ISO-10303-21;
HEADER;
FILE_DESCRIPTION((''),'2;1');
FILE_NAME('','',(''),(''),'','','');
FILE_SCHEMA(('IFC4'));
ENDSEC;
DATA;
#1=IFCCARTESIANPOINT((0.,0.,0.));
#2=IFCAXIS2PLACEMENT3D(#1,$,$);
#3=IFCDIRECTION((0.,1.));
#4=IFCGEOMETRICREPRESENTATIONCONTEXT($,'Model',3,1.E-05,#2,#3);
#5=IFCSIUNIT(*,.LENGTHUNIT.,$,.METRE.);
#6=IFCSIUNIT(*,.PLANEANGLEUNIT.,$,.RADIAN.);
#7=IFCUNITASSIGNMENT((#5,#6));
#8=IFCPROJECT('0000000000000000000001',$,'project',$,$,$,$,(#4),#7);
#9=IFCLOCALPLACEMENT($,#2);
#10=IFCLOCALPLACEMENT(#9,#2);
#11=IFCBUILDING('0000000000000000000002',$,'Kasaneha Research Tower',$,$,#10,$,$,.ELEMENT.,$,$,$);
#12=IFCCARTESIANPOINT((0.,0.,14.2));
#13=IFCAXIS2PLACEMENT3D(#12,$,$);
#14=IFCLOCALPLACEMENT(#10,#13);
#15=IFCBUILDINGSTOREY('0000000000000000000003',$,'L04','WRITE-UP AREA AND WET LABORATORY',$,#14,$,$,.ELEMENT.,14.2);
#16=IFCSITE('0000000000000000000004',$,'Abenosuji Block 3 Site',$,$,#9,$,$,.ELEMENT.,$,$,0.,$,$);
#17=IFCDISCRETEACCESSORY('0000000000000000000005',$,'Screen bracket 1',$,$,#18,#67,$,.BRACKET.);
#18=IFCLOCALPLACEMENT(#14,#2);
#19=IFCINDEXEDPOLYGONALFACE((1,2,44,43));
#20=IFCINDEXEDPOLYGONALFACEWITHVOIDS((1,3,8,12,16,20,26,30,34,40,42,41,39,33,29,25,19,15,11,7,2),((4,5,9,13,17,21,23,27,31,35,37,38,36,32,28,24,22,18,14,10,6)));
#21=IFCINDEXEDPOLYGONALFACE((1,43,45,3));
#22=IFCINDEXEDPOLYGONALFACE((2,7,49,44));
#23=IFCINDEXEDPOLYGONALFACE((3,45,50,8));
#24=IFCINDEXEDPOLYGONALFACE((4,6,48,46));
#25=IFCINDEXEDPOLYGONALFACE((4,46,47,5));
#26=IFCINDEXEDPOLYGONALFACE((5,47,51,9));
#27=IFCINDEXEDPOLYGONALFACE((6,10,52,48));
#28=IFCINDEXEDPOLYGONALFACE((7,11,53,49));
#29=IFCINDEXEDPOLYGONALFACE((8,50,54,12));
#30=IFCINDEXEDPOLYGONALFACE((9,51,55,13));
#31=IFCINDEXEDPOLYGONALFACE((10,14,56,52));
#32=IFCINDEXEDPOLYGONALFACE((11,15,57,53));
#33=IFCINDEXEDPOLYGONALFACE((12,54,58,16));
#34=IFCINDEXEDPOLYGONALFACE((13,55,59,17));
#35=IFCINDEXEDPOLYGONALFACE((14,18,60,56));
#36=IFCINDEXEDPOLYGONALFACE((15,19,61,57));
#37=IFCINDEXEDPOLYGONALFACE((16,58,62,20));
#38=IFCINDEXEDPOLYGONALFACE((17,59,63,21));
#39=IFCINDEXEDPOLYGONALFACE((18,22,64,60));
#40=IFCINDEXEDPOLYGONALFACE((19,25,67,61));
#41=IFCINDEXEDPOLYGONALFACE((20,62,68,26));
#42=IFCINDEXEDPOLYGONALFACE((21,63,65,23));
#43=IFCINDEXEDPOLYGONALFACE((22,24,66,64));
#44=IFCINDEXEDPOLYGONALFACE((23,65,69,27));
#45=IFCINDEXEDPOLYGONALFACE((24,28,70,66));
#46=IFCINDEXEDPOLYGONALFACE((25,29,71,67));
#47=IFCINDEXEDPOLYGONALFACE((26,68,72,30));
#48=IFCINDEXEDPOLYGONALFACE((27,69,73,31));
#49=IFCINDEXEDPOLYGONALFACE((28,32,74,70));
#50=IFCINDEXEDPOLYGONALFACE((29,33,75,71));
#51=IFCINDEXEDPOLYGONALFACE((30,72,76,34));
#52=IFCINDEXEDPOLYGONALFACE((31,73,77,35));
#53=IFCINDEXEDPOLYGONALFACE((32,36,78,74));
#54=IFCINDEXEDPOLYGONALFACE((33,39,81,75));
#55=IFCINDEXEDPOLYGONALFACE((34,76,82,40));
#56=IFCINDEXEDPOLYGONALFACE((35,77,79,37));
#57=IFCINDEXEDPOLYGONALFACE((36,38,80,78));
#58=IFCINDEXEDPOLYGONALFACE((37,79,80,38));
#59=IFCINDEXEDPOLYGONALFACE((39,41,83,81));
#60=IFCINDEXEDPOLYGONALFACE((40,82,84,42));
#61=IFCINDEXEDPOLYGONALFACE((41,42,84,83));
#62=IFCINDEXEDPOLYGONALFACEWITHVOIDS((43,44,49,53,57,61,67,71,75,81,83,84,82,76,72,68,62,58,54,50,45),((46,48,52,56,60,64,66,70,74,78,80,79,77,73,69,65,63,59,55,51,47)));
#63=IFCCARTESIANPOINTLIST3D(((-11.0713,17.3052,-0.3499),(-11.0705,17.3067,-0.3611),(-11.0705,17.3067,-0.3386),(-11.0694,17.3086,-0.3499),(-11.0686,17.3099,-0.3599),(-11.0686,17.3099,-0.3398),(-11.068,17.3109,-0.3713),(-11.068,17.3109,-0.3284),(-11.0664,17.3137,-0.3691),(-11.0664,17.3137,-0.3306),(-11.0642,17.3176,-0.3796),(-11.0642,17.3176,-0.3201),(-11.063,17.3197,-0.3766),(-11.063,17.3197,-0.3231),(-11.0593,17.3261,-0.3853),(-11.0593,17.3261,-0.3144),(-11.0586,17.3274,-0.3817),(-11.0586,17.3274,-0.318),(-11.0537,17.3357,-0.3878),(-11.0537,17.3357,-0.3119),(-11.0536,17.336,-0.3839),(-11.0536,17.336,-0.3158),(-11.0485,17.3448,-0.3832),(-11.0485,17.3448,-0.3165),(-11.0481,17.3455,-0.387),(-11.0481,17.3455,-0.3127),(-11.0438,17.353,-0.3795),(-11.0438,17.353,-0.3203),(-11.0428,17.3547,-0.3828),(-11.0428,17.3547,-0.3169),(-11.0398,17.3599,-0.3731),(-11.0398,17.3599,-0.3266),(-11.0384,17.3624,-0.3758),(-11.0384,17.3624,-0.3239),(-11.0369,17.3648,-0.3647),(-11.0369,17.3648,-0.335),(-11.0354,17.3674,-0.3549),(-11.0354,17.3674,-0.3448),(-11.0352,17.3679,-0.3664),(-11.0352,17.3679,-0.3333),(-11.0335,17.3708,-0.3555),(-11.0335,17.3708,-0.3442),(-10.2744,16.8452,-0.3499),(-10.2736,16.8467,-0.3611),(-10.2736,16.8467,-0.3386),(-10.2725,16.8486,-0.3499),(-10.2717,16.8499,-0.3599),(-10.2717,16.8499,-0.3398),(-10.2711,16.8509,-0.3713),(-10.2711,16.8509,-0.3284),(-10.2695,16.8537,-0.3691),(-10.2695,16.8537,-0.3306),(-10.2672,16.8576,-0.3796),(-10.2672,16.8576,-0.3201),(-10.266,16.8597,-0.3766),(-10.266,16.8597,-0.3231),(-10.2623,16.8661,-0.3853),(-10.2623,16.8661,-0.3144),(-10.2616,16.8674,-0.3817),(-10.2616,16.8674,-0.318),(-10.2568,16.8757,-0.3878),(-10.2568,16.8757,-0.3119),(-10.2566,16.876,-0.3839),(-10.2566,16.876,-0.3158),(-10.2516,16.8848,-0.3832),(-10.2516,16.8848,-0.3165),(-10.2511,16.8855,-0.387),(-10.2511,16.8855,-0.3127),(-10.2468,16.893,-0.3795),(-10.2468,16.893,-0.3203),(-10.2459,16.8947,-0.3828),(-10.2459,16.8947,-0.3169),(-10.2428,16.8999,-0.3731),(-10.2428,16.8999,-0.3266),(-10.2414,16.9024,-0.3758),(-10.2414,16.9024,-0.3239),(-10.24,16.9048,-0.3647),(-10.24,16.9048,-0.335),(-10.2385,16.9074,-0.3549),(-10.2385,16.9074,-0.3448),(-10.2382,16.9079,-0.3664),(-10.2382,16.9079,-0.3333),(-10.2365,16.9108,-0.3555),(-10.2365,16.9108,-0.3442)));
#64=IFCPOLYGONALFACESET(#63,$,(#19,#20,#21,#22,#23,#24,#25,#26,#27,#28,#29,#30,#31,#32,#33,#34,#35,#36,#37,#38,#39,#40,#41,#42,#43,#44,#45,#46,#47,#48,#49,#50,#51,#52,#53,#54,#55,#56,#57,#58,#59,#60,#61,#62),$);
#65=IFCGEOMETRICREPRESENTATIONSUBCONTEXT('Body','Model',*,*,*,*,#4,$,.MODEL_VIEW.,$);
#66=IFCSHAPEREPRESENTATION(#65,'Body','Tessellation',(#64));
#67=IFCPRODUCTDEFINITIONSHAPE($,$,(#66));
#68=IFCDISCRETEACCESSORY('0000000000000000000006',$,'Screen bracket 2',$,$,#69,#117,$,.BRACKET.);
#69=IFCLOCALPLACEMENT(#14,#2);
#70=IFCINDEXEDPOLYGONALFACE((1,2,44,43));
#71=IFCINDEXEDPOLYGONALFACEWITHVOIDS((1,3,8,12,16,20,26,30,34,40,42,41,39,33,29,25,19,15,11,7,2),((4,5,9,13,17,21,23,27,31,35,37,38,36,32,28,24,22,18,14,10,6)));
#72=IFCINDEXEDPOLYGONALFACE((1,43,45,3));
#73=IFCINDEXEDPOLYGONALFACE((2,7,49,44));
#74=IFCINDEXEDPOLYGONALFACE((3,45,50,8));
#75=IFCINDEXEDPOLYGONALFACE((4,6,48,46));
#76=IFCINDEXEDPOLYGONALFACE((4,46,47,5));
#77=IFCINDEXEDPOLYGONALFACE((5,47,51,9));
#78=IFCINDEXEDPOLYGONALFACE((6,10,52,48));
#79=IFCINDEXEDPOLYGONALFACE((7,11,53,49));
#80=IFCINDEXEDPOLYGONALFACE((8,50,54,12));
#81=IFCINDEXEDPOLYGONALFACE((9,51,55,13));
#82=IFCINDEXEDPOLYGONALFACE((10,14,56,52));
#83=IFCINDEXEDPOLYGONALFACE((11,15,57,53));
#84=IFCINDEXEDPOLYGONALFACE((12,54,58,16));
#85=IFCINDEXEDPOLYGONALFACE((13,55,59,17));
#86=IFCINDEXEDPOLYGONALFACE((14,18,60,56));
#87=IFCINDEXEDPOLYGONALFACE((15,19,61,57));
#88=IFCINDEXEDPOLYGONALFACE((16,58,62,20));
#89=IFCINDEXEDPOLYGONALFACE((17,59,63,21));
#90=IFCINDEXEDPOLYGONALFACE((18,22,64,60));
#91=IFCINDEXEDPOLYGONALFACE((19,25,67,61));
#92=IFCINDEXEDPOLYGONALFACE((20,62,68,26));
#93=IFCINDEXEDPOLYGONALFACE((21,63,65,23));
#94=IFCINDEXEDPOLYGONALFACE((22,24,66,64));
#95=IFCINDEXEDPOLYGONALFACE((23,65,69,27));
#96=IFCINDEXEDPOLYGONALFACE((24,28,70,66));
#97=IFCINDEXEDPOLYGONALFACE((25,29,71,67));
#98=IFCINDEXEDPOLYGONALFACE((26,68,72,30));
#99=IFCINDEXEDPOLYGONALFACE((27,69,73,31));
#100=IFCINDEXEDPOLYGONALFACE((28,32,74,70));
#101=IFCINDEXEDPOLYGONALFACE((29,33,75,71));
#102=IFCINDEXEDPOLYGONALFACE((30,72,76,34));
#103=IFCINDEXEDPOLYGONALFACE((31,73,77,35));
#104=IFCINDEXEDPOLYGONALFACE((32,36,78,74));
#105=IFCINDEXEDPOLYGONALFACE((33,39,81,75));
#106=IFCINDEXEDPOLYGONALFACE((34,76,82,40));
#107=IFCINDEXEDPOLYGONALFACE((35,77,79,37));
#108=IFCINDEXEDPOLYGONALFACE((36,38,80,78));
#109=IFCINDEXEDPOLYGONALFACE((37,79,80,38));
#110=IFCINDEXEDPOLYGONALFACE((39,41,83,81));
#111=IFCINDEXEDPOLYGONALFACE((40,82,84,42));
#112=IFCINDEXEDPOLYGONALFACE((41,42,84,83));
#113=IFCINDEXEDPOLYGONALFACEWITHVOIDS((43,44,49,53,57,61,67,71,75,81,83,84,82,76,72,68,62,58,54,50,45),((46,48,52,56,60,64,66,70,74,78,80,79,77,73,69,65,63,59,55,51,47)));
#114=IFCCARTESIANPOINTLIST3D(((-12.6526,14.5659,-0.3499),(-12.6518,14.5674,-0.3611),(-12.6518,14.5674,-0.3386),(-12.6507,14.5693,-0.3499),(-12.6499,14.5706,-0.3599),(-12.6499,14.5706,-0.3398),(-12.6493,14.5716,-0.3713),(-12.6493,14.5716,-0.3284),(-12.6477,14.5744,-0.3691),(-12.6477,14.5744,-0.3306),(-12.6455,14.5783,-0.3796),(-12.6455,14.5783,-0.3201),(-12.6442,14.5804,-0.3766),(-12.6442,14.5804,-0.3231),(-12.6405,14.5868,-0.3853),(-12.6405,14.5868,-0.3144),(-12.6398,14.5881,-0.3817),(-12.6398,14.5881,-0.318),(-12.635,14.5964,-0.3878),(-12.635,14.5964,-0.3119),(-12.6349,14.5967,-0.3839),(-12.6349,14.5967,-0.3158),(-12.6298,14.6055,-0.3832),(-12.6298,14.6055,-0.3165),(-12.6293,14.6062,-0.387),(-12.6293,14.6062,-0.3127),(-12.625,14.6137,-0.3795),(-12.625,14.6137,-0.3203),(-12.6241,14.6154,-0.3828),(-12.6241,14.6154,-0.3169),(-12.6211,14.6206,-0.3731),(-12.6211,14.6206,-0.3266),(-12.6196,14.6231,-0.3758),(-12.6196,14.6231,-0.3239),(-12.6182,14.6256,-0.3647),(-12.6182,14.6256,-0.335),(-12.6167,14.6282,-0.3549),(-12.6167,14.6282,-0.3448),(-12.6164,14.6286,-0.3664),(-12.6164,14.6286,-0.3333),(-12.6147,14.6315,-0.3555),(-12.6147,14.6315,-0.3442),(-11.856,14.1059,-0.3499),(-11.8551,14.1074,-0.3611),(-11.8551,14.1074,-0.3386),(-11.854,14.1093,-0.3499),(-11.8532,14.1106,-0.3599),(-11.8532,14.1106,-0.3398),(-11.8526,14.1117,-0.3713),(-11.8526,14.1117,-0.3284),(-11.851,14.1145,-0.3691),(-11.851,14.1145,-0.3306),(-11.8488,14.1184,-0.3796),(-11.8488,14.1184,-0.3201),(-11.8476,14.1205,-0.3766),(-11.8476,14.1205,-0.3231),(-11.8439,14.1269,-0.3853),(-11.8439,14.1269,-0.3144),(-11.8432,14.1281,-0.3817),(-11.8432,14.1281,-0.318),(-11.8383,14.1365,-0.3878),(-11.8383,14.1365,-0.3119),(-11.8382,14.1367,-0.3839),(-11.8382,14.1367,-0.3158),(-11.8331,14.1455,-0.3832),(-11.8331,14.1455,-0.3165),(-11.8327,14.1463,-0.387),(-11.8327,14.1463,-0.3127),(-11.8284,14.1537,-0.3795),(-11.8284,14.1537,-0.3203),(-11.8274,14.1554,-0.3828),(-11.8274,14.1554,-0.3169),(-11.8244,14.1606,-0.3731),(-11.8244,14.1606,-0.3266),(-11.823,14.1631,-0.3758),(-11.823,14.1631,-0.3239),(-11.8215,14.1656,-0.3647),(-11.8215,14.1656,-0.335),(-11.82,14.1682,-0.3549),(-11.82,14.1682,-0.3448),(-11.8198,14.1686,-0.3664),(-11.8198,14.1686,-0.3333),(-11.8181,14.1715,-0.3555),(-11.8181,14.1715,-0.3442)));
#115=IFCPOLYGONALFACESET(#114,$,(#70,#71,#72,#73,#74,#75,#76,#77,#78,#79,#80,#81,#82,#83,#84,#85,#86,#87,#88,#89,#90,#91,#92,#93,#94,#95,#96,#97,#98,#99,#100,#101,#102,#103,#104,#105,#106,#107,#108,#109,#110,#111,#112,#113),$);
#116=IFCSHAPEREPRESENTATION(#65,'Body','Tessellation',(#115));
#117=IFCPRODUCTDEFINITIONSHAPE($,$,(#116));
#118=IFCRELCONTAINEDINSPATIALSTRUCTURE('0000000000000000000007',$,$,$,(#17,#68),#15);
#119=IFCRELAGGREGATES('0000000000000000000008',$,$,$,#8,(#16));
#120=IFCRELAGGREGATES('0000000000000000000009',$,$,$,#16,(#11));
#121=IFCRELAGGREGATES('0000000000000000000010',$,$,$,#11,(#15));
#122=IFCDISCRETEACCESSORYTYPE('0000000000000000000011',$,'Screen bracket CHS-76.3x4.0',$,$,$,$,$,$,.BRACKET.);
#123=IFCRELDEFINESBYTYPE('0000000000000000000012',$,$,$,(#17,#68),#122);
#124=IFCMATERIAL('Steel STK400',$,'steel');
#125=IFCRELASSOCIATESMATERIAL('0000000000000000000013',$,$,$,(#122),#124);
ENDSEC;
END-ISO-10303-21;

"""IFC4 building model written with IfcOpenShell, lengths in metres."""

from ifc_helpers import new_model, si_unit, direction, frame, origin, origin_2d, place, context, subcontext, project, spatial, hollow_circle, extrude, material, material_profile, profile_set, type_object, element, save


model = new_model("IFC4")

# Units and contexts
model_context = context("Model", 3, precision=1e-05, world=origin(), true_north=direction((0.0, 1.0)))
body_context = subcontext(model_context, "Body", "Model", "MODEL_VIEW")
ifc_project = project(units=[si_unit("LENGTHUNIT", "METRE"), si_unit("PLANEANGLEUNIT", "RADIAN")], contexts=[model_context])

# Site, building, storey
site_placement = place(None, origin())
site = spatial("IfcSite", under=ifc_project, at=site_placement, Name="Abenosuji Block 3 Site", CompositionType="ELEMENT", RefElevation=0.0)
building_placement = place(site_placement, origin())
building = spatial("IfcBuilding", under=site, at=building_placement, Name="Kasaneha Research Tower", CompositionType="ELEMENT")
storey_placement = place(building_placement, frame((0.0, 0.0, 14.2)))
storey = spatial("IfcBuildingStorey", under=building, at=storey_placement, Name="L04", Description="WRITE-UP AREA AND WET LABORATORY", CompositionType="ELEMENT", Elevation=14.2)

# Discrete accessories
ifc_material_1 = material(Name="Steel STK400", Category="steel")
ifc_material_profile_1 = material_profile(ifc_material_1, hollow_circle(Radius=0.0381, WallThickness=0.0039, at=origin_2d()), Name="CHS-76.3x4.0")
ifc_profile_set_1 = profile_set([ifc_material_profile_1], Name="Steel STK400")
discrete_accessory_type = type_object("IfcDiscreteAccessoryType", Name="Screen bracket CHS-76.3x4.0", PredefinedType="BRACKET", material=ifc_profile_set_1)
discrete_accessory_1_placement = place(storey_placement, frame((-10.2554, 16.8782, -0.3499), z_axis=(-0.86608, 0.499906, 0.0), x_axis=(-0.499906, -0.86608, 0.0)))
element("IfcDiscreteAccessory", 1, at=discrete_accessory_1_placement, inside=storey, type_object=discrete_accessory_type, Name="Screen bracket 1", PredefinedType="BRACKET", context=body_context, shape_type="SweptSolid", body=[
    extrude(hollow_circle(Radius=0.0381, WallThickness=0.0039, at=origin_2d()), origin(), (0.0, 0.0, 1.0), 0.9202),
])
discrete_accessory_2_placement = place(storey_placement, frame((-11.8369, 14.1389, -0.3499), z_axis=(-0.866013, 0.500021, 0.0), x_axis=(-0.500021, -0.866013, 0.0)))
element("IfcDiscreteAccessory", 2, at=discrete_accessory_2_placement, inside=storey, type_object=discrete_accessory_type, Name="Screen bracket 2", PredefinedType="BRACKET", context=body_context, shape_type="SweptSolid", body=[
    extrude(hollow_circle(Radius=0.0381, WallThickness=0.0039, at=origin_2d()), origin(), (0.0, 0.0, 1.0), 0.9199),
])

save(model, "model.ifc")
